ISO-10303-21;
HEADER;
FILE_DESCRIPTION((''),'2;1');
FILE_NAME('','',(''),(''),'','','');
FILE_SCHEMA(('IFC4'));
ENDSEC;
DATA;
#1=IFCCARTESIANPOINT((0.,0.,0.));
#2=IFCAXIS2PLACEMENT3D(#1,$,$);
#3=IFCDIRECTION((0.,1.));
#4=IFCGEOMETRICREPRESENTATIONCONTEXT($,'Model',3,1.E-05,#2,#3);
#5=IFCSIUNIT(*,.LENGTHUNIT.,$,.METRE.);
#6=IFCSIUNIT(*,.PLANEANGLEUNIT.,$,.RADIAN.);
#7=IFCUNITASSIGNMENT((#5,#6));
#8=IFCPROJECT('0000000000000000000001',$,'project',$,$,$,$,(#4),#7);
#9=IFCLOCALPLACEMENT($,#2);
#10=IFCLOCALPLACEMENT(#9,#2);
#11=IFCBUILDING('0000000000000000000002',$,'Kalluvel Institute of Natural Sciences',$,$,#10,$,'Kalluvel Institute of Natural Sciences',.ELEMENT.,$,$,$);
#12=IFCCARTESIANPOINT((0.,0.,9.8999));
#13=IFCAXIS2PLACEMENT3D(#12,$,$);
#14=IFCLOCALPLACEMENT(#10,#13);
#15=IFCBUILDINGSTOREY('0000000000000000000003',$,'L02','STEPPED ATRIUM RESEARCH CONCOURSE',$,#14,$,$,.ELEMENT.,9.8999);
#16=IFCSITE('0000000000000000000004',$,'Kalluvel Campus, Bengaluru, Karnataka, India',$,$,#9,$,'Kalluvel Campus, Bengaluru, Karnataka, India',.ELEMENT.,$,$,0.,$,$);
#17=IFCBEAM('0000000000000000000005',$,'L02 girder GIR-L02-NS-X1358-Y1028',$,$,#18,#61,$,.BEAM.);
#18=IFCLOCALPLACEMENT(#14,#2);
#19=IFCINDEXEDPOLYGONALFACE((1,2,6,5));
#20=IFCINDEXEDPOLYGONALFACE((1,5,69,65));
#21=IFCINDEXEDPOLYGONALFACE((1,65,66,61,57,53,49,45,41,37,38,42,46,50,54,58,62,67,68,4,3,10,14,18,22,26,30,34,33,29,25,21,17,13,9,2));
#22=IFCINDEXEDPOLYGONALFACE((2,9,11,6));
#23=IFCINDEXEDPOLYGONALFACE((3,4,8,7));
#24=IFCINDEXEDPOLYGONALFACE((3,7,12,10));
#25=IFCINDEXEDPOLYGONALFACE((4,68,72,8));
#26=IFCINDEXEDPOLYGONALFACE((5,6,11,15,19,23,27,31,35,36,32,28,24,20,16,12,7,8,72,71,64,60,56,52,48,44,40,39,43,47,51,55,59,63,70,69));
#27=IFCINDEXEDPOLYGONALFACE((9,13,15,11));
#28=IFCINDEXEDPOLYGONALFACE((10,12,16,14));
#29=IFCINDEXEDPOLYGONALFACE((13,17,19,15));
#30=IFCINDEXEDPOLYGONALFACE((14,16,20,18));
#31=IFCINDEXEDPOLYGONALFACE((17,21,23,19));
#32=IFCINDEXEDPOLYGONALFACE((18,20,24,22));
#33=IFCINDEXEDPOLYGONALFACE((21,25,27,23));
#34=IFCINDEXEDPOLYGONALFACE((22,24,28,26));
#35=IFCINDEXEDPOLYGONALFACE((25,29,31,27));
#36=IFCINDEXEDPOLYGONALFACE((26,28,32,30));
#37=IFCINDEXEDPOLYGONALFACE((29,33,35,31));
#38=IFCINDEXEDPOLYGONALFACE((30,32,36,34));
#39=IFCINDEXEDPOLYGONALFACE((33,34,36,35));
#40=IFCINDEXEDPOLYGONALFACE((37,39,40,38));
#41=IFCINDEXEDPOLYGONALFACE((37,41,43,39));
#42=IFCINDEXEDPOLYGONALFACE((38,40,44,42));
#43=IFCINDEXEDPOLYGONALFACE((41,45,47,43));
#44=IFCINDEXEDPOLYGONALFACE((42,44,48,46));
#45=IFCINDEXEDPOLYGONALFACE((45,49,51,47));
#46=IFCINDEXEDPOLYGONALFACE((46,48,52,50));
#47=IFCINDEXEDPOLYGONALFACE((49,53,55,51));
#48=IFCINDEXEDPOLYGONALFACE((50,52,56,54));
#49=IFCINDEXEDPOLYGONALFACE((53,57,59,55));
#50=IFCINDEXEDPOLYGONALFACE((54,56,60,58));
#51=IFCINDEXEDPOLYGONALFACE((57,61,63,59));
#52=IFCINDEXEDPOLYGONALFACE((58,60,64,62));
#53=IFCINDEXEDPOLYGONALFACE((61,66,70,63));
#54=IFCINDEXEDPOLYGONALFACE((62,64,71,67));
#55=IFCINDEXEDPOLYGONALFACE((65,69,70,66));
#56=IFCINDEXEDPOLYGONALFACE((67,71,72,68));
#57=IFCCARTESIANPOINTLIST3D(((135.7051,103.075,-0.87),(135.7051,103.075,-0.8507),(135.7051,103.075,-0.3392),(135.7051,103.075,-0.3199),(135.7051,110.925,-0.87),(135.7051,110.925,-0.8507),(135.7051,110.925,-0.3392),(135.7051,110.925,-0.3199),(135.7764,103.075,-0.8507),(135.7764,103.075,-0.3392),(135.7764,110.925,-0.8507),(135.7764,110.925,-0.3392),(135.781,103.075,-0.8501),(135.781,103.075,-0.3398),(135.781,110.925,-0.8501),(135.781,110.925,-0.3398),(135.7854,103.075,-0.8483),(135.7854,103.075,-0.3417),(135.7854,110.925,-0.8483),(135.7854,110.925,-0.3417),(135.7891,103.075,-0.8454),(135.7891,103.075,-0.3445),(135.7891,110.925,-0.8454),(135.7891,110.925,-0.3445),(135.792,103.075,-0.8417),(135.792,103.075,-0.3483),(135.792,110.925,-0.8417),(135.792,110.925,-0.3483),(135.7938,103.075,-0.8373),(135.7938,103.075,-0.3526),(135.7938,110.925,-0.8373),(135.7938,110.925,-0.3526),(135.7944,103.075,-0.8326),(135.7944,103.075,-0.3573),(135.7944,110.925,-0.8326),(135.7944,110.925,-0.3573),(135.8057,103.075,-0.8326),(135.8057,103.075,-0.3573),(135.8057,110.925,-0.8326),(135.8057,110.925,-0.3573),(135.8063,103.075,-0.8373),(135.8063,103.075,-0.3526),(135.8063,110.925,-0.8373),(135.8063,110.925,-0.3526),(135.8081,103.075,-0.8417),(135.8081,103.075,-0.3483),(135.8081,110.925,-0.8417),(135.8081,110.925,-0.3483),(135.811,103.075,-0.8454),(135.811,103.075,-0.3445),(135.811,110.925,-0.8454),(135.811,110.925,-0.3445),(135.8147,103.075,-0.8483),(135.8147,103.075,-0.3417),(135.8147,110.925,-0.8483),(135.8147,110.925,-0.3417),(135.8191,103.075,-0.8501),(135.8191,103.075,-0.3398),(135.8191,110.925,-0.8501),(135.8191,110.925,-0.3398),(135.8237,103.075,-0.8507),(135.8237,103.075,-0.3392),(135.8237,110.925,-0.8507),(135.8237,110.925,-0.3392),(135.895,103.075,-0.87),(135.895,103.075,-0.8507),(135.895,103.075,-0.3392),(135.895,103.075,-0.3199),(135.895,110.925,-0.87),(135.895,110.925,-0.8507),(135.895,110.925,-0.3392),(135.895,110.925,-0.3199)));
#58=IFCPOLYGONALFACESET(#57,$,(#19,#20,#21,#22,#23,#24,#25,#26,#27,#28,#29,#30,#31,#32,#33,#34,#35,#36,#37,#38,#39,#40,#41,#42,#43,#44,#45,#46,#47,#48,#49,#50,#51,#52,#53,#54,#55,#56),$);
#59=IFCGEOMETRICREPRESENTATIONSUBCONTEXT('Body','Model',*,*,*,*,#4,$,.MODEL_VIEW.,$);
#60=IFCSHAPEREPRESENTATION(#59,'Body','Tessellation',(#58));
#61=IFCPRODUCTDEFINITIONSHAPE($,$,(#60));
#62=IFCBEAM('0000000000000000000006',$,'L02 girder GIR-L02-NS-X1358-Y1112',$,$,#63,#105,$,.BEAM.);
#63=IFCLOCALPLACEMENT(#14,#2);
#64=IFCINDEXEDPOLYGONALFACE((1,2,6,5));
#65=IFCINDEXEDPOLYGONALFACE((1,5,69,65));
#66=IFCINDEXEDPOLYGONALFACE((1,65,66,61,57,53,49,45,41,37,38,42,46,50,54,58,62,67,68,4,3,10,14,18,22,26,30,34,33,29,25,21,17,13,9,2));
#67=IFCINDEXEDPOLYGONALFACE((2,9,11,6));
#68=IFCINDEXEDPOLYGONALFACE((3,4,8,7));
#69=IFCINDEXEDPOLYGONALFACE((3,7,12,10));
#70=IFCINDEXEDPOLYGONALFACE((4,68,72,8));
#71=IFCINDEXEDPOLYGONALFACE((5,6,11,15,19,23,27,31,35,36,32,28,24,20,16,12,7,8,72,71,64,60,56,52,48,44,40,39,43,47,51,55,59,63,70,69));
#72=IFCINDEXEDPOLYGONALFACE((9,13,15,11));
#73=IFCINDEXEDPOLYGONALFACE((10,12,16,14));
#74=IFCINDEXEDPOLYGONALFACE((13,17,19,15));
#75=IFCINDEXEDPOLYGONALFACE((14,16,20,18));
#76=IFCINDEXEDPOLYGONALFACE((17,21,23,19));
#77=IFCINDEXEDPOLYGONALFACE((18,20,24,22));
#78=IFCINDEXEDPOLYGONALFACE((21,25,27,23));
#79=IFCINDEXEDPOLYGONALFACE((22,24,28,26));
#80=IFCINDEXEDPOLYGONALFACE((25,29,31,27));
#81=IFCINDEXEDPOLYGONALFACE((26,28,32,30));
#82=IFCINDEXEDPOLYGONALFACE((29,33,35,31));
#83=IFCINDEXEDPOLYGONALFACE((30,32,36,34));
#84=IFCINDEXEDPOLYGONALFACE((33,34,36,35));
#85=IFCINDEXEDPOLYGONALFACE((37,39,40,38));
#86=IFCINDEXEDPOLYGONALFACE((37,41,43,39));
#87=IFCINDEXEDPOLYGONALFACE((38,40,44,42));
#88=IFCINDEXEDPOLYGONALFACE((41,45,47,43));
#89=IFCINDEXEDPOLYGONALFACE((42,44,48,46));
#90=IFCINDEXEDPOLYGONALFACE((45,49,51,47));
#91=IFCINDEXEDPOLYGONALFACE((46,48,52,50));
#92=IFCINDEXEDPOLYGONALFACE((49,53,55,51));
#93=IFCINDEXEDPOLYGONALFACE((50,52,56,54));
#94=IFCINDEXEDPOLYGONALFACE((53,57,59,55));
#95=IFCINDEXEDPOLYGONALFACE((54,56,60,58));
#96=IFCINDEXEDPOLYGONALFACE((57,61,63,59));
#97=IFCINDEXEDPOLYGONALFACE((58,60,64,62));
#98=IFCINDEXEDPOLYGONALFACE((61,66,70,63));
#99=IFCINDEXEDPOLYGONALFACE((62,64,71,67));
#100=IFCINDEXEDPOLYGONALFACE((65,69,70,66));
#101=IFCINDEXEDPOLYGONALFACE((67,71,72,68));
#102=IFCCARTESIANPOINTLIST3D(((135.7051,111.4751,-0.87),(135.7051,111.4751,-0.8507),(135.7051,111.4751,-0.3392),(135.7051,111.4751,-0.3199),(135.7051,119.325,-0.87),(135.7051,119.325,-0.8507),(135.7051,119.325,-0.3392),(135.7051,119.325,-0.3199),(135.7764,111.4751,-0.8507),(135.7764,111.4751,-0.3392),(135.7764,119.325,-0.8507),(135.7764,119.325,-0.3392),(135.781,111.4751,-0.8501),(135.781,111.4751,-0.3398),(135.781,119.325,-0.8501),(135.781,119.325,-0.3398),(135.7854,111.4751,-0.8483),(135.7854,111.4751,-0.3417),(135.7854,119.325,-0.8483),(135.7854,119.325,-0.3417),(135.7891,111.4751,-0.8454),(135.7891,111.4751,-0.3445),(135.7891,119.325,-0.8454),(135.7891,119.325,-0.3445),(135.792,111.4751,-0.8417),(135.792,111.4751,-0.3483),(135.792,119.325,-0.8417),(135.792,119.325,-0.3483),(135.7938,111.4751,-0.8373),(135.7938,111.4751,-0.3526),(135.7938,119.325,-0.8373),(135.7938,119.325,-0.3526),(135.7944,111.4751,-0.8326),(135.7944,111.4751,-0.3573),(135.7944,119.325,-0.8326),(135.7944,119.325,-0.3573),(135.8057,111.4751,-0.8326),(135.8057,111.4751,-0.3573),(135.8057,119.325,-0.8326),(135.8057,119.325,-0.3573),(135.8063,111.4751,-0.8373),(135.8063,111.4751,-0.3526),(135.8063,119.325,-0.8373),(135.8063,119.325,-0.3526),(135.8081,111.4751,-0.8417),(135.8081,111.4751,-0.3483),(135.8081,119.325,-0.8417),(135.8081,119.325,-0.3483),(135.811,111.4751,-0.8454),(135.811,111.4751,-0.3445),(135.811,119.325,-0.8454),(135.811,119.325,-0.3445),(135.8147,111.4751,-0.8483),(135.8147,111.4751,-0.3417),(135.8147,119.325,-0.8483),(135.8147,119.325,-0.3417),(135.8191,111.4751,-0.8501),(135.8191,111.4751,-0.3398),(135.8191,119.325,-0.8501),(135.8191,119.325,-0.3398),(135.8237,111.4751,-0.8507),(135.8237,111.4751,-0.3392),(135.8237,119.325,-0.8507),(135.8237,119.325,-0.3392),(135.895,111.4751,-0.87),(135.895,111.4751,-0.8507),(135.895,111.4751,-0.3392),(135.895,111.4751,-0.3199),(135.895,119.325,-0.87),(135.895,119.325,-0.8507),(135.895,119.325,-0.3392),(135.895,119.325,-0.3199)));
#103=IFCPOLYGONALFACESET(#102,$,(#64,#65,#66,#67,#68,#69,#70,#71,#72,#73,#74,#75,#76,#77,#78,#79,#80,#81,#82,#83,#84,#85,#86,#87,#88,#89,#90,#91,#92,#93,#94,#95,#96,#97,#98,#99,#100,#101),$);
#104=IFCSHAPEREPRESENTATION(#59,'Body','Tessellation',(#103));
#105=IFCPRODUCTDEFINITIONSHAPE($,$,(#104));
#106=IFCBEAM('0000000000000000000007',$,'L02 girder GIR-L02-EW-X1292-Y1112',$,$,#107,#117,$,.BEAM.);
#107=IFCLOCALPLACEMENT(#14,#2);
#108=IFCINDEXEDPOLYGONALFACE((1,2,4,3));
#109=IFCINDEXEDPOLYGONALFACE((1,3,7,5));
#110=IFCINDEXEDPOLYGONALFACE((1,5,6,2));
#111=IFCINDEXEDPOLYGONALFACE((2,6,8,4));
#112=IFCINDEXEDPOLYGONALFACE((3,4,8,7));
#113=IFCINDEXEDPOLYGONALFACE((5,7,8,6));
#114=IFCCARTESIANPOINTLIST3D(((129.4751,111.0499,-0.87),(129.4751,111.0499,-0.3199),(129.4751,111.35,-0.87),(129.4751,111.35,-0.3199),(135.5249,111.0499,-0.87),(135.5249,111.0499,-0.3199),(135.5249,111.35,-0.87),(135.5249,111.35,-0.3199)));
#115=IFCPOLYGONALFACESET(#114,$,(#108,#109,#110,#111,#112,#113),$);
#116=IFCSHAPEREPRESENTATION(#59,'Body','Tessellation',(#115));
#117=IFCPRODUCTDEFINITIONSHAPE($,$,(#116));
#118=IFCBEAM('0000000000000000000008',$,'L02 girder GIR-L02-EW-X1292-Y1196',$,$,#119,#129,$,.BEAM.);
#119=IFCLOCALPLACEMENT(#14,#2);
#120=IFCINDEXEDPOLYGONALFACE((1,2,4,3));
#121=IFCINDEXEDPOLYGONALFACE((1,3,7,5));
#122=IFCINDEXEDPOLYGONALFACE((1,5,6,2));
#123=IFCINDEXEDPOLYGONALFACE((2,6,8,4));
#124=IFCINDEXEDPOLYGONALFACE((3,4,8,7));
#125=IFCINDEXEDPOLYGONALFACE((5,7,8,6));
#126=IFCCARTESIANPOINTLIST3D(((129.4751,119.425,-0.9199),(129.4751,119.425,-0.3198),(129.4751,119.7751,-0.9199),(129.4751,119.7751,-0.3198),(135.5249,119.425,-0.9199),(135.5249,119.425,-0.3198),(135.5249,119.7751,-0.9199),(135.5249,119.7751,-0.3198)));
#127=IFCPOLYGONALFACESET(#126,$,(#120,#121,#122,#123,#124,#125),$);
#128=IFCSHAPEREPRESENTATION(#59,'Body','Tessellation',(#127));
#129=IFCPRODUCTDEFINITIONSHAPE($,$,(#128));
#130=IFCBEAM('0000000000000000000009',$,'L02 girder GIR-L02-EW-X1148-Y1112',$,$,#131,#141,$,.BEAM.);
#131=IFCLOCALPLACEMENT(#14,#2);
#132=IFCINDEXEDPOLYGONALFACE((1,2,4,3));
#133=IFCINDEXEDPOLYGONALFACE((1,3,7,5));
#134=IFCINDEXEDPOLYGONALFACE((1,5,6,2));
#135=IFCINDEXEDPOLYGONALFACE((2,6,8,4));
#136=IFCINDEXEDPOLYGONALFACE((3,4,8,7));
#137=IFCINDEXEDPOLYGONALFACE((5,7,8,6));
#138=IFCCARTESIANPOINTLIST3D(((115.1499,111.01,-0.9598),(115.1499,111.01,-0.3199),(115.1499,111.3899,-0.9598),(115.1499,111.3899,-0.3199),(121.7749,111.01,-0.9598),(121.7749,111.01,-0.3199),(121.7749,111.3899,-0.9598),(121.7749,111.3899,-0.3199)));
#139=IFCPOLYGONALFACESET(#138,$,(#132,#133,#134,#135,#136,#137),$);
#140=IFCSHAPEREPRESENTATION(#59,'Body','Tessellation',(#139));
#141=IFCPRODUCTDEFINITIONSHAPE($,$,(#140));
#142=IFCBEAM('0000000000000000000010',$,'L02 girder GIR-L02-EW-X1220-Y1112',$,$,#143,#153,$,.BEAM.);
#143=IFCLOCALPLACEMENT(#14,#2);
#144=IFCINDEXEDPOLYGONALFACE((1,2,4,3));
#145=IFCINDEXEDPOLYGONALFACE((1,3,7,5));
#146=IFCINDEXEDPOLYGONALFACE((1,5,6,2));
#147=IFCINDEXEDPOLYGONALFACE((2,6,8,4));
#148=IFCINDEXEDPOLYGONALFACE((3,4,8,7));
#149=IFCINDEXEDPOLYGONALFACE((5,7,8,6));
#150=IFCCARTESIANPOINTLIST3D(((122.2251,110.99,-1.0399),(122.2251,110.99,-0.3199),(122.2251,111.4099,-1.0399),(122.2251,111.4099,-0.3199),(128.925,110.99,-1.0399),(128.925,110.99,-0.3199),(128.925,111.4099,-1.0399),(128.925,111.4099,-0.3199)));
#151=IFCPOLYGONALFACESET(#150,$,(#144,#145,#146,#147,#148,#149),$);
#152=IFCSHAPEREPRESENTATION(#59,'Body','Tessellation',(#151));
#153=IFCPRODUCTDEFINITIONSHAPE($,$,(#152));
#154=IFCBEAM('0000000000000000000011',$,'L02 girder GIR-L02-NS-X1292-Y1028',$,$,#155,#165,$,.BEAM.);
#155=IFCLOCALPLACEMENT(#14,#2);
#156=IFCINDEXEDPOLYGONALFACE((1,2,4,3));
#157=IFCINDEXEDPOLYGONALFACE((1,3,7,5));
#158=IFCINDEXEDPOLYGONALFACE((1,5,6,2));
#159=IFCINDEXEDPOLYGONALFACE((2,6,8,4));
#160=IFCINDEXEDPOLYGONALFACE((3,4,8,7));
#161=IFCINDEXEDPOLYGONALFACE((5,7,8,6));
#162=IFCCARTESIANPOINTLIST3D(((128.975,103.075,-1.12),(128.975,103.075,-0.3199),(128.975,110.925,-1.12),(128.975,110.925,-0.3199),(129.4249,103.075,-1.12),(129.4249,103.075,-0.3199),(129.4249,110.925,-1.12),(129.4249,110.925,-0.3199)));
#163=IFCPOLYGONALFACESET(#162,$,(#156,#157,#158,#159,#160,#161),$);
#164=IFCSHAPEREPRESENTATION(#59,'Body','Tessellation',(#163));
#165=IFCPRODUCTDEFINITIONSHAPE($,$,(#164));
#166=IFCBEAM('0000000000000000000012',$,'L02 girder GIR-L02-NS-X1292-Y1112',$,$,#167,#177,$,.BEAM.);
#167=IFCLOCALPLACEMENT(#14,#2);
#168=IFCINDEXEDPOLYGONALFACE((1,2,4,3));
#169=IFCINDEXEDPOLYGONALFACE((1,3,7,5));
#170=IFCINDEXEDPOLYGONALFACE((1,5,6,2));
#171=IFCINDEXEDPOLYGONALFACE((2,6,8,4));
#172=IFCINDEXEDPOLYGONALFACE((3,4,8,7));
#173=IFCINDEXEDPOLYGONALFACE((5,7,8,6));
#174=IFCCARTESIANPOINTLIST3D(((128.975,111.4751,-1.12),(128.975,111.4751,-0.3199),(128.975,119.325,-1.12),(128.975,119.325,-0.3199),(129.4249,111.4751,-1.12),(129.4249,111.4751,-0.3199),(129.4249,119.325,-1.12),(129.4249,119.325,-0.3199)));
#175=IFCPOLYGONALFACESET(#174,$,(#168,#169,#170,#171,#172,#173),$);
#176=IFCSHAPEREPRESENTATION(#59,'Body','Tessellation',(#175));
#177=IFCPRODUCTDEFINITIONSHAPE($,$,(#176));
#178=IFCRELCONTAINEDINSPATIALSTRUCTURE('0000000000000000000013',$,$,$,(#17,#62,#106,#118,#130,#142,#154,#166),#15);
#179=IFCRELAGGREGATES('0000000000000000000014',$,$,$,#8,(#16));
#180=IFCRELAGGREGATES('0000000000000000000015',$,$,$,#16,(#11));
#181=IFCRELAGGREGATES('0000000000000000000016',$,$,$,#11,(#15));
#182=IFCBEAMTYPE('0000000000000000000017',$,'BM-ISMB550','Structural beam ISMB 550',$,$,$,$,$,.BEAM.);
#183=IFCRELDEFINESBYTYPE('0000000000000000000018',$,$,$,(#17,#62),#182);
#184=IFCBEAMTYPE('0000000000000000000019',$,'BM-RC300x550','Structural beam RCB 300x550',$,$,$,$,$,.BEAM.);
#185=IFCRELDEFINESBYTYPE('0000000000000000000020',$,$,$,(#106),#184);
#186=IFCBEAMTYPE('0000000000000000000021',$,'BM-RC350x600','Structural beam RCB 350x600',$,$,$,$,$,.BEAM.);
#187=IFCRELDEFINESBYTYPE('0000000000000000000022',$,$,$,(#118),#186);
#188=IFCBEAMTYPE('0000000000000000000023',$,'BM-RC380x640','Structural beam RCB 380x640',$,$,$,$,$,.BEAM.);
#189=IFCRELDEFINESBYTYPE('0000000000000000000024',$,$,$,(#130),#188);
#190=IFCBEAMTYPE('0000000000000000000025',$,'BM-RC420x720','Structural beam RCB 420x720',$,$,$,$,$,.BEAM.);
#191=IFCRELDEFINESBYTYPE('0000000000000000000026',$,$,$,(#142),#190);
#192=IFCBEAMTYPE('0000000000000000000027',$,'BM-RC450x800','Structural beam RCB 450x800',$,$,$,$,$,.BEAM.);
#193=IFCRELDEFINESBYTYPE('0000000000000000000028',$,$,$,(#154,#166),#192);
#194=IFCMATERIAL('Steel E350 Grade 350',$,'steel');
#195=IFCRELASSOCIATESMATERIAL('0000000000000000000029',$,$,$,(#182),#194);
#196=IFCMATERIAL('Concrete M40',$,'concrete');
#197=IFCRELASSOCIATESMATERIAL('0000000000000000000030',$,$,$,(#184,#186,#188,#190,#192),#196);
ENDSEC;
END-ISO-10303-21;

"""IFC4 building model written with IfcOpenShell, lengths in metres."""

from ifc_helpers import new_model, si_unit, direction, frame, origin, origin_2d, place, context, subcontext, project, spatial, rectangle, i_section, extrude, material, material_profile, profile_set, type_object, element, save


model = new_model("IFC4")

# Units and contexts
model_context = context("Model", 3, precision=1e-05, world=origin(), true_north=direction((0.0, 1.0)))
body_context = subcontext(model_context, "Body", "Model", "MODEL_VIEW")
ifc_project = project(units=[si_unit("LENGTHUNIT", "METRE"), si_unit("PLANEANGLEUNIT", "RADIAN")], contexts=[model_context])

# Site, building, storey
site_placement = place(None, origin())
site = spatial("IfcSite", under=ifc_project, at=site_placement, Name="Kalluvel Campus, Bengaluru, Karnataka, India", LongName="Kalluvel Campus, Bengaluru, Karnataka, India", CompositionType="ELEMENT", RefElevation=0.0)
building_placement = place(site_placement, origin())
building = spatial("IfcBuilding", under=site, at=building_placement, Name="Kalluvel Institute of Natural Sciences", LongName="Kalluvel Institute of Natural Sciences", CompositionType="ELEMENT")
storey_placement = place(building_placement, frame((0.0, 0.0, 9.8999)))
storey = spatial("IfcBuildingStorey", under=building, at=storey_placement, Name="L02", Description="STEPPED ATRIUM RESEARCH CONCOURSE", CompositionType="ELEMENT", Elevation=9.8999)

# Beams
ifc_material_1 = material(Name="Steel E350 Grade 350", Category="steel")
ifc_material_profile_1 = material_profile(ifc_material_1, i_section(OverallWidth=0.1899, OverallDepth=0.55, WebThickness=0.0112, FlangeThickness=0.0193, FilletRadius=0.0181, at=origin_2d()), Name="ISMB 550")
ifc_profile_set_1 = profile_set([ifc_material_profile_1], Name="Steel E350 Grade 350")
beam_type_1 = type_object("IfcBeamType", Name="BM-ISMB550", Description="Structural beam ISMB 550", PredefinedType="BEAM", material=ifc_profile_set_1)
beam_1_placement = place(storey_placement, frame((135.8, 103.075, -0.595), z_axis=(0.0, 1.0, 0.0), x_axis=(-1.0, 0.0, 0.0)))
element("IfcBeam", 1, at=beam_1_placement, inside=storey, type_object=beam_type_1, Name="L02 girder GIR-L02-NS-X1358-Y1028", PredefinedType="BEAM", context=body_context, shape_type="SweptSolid", body=[
    extrude(i_section(OverallWidth=0.1899, OverallDepth=0.55, WebThickness=0.0112, FlangeThickness=0.0193, FilletRadius=0.0181, at=origin_2d()), origin(), (0.0, 0.0, 1.0), 7.8501),
])
beam_2_placement = place(storey_placement, frame((135.8, 111.4751, -0.595), z_axis=(0.0, 1.0, 0.0), x_axis=(-1.0, 0.0, 0.0)))
element("IfcBeam", 2, at=beam_2_placement, inside=storey, type_object=beam_type_1, Name="L02 girder GIR-L02-NS-X1358-Y1112", PredefinedType="BEAM", context=body_context, shape_type="SweptSolid", body=[
    extrude(i_section(OverallWidth=0.1899, OverallDepth=0.55, WebThickness=0.0112, FlangeThickness=0.0193, FilletRadius=0.0181, at=origin_2d()), origin(), (0.0, 0.0, 1.0), 7.8499),
])
ifc_material_2 = material(Name="Concrete M40", Category="concrete")
ifc_material_profile_2 = material_profile(ifc_material_2, rectangle(XDim=0.3, YDim=0.55, at=origin_2d()), Name="RCB 300x550")
ifc_profile_set_2 = profile_set([ifc_material_profile_2], Name="Concrete M40")
beam_type_2 = type_object("IfcBeamType", Name="BM-RC300x550", Description="Structural beam RCB 300x550", PredefinedType="BEAM", material=ifc_profile_set_2)
beam_3_placement = place(storey_placement, frame((129.4751, 111.2, -0.595), z_axis=(1.0, 0.0, 0.0), x_axis=(0.0, 1.0, 0.0)))
element("IfcBeam", 3, at=beam_3_placement, inside=storey, type_object=beam_type_2, Name="L02 girder GIR-L02-EW-X1292-Y1112", PredefinedType="BEAM", context=body_context, shape_type="SweptSolid", body=[
    extrude(rectangle(XDim=0.3, YDim=0.55, at=origin_2d()), origin(), (0.0, 0.0, 1.0), 6.0498),
])
ifc_material_profile_3 = material_profile(ifc_material_2, rectangle(XDim=0.3501, YDim=0.6001, at=origin_2d()), Name="RCB 350x600")
ifc_profile_set_3 = profile_set([ifc_material_profile_3], Name="Concrete M40")
beam_type_3 = type_object("IfcBeamType", Name="BM-RC350x600", Description="Structural beam RCB 350x600", PredefinedType="BEAM", material=ifc_profile_set_3)
beam_4_placement = place(storey_placement, frame((129.4751, 119.6001, -0.6199), z_axis=(1.0, 0.0, 0.0), x_axis=(0.0, 1.0, 0.0)))
element("IfcBeam", 4, at=beam_4_placement, inside=storey, type_object=beam_type_3, Name="L02 girder GIR-L02-EW-X1292-Y1196", PredefinedType="BEAM", context=body_context, shape_type="SweptSolid", body=[
    extrude(rectangle(XDim=0.3501, YDim=0.6001, at=origin_2d()), origin(), (0.0, 0.0, 1.0), 6.0498),
])
ifc_material_profile_4 = material_profile(ifc_material_2, rectangle(XDim=0.3799, YDim=0.6399, at=origin_2d()), Name="RCB 380x640")
ifc_profile_set_4 = profile_set([ifc_material_profile_4], Name="Concrete M40")
beam_type_4 = type_object("IfcBeamType", Name="BM-RC380x640", Description="Structural beam RCB 380x640", PredefinedType="BEAM", material=ifc_profile_set_4)
beam_5_placement = place(storey_placement, frame((115.1499, 111.2, -0.6399), z_axis=(1.0, 0.0, 0.0), x_axis=(0.0, 1.0, 0.0)))
element("IfcBeam", 5, at=beam_5_placement, inside=storey, type_object=beam_type_4, Name="L02 girder GIR-L02-EW-X1148-Y1112", PredefinedType="BEAM", context=body_context, shape_type="SweptSolid", body=[
    extrude(rectangle(XDim=0.3799, YDim=0.6399, at=origin_2d()), origin(), (0.0, 0.0, 1.0), 6.625),
])
ifc_material_profile_5 = material_profile(ifc_material_2, rectangle(XDim=0.4199, YDim=0.72, at=origin_2d()), Name="RCB 420x720")
ifc_profile_set_5 = profile_set([ifc_material_profile_5], Name="Concrete M40")
beam_type_5 = type_object("IfcBeamType", Name="BM-RC420x720", Description="Structural beam RCB 420x720", PredefinedType="BEAM", material=ifc_profile_set_5)
beam_6_placement = place(storey_placement, frame((122.2251, 111.2, -0.6799), z_axis=(1.0, 0.0, 0.0), x_axis=(0.0, 1.0, 0.0)))
element("IfcBeam", 6, at=beam_6_placement, inside=storey, type_object=beam_type_5, Name="L02 girder GIR-L02-EW-X1220-Y1112", PredefinedType="BEAM", context=body_context, shape_type="SweptSolid", body=[
    extrude(rectangle(XDim=0.4199, YDim=0.72, at=origin_2d()), origin(), (0.0, 0.0, 1.0), 6.7),
])
ifc_material_profile_6 = material_profile(ifc_material_2, rectangle(XDim=0.45, YDim=0.8, at=origin_2d()), Name="RCB 450x800")
ifc_profile_set_6 = profile_set([ifc_material_profile_6], Name="Concrete M40")
beam_type_6 = type_object("IfcBeamType", Name="BM-RC450x800", Description="Structural beam RCB 450x800", PredefinedType="BEAM", material=ifc_profile_set_6)
beam_7_placement = place(storey_placement, frame((129.2, 103.075, -0.72), z_axis=(0.0, 1.0, 0.0), x_axis=(-1.0, 0.0, 0.0)))
element("IfcBeam", 7, at=beam_7_placement, inside=storey, type_object=beam_type_6, Name="L02 girder GIR-L02-NS-X1292-Y1028", PredefinedType="BEAM", context=body_context, shape_type="SweptSolid", body=[
    extrude(rectangle(XDim=0.45, YDim=0.8, at=origin_2d()), origin(), (0.0, 0.0, 1.0), 7.8501),
])
beam_8_placement = place(storey_placement, frame((129.2, 111.4751, -0.72), z_axis=(0.0, 1.0, 0.0), x_axis=(-1.0, 0.0, 0.0)))
element("IfcBeam", 8, at=beam_8_placement, inside=storey, type_object=beam_type_6, Name="L02 girder GIR-L02-NS-X1292-Y1112", PredefinedType="BEAM", context=body_context, shape_type="SweptSolid", body=[
    extrude(rectangle(XDim=0.45, YDim=0.8, at=origin_2d()), origin(), (0.0, 0.0, 1.0), 7.8499),
])

save(model, "model.ifc")
